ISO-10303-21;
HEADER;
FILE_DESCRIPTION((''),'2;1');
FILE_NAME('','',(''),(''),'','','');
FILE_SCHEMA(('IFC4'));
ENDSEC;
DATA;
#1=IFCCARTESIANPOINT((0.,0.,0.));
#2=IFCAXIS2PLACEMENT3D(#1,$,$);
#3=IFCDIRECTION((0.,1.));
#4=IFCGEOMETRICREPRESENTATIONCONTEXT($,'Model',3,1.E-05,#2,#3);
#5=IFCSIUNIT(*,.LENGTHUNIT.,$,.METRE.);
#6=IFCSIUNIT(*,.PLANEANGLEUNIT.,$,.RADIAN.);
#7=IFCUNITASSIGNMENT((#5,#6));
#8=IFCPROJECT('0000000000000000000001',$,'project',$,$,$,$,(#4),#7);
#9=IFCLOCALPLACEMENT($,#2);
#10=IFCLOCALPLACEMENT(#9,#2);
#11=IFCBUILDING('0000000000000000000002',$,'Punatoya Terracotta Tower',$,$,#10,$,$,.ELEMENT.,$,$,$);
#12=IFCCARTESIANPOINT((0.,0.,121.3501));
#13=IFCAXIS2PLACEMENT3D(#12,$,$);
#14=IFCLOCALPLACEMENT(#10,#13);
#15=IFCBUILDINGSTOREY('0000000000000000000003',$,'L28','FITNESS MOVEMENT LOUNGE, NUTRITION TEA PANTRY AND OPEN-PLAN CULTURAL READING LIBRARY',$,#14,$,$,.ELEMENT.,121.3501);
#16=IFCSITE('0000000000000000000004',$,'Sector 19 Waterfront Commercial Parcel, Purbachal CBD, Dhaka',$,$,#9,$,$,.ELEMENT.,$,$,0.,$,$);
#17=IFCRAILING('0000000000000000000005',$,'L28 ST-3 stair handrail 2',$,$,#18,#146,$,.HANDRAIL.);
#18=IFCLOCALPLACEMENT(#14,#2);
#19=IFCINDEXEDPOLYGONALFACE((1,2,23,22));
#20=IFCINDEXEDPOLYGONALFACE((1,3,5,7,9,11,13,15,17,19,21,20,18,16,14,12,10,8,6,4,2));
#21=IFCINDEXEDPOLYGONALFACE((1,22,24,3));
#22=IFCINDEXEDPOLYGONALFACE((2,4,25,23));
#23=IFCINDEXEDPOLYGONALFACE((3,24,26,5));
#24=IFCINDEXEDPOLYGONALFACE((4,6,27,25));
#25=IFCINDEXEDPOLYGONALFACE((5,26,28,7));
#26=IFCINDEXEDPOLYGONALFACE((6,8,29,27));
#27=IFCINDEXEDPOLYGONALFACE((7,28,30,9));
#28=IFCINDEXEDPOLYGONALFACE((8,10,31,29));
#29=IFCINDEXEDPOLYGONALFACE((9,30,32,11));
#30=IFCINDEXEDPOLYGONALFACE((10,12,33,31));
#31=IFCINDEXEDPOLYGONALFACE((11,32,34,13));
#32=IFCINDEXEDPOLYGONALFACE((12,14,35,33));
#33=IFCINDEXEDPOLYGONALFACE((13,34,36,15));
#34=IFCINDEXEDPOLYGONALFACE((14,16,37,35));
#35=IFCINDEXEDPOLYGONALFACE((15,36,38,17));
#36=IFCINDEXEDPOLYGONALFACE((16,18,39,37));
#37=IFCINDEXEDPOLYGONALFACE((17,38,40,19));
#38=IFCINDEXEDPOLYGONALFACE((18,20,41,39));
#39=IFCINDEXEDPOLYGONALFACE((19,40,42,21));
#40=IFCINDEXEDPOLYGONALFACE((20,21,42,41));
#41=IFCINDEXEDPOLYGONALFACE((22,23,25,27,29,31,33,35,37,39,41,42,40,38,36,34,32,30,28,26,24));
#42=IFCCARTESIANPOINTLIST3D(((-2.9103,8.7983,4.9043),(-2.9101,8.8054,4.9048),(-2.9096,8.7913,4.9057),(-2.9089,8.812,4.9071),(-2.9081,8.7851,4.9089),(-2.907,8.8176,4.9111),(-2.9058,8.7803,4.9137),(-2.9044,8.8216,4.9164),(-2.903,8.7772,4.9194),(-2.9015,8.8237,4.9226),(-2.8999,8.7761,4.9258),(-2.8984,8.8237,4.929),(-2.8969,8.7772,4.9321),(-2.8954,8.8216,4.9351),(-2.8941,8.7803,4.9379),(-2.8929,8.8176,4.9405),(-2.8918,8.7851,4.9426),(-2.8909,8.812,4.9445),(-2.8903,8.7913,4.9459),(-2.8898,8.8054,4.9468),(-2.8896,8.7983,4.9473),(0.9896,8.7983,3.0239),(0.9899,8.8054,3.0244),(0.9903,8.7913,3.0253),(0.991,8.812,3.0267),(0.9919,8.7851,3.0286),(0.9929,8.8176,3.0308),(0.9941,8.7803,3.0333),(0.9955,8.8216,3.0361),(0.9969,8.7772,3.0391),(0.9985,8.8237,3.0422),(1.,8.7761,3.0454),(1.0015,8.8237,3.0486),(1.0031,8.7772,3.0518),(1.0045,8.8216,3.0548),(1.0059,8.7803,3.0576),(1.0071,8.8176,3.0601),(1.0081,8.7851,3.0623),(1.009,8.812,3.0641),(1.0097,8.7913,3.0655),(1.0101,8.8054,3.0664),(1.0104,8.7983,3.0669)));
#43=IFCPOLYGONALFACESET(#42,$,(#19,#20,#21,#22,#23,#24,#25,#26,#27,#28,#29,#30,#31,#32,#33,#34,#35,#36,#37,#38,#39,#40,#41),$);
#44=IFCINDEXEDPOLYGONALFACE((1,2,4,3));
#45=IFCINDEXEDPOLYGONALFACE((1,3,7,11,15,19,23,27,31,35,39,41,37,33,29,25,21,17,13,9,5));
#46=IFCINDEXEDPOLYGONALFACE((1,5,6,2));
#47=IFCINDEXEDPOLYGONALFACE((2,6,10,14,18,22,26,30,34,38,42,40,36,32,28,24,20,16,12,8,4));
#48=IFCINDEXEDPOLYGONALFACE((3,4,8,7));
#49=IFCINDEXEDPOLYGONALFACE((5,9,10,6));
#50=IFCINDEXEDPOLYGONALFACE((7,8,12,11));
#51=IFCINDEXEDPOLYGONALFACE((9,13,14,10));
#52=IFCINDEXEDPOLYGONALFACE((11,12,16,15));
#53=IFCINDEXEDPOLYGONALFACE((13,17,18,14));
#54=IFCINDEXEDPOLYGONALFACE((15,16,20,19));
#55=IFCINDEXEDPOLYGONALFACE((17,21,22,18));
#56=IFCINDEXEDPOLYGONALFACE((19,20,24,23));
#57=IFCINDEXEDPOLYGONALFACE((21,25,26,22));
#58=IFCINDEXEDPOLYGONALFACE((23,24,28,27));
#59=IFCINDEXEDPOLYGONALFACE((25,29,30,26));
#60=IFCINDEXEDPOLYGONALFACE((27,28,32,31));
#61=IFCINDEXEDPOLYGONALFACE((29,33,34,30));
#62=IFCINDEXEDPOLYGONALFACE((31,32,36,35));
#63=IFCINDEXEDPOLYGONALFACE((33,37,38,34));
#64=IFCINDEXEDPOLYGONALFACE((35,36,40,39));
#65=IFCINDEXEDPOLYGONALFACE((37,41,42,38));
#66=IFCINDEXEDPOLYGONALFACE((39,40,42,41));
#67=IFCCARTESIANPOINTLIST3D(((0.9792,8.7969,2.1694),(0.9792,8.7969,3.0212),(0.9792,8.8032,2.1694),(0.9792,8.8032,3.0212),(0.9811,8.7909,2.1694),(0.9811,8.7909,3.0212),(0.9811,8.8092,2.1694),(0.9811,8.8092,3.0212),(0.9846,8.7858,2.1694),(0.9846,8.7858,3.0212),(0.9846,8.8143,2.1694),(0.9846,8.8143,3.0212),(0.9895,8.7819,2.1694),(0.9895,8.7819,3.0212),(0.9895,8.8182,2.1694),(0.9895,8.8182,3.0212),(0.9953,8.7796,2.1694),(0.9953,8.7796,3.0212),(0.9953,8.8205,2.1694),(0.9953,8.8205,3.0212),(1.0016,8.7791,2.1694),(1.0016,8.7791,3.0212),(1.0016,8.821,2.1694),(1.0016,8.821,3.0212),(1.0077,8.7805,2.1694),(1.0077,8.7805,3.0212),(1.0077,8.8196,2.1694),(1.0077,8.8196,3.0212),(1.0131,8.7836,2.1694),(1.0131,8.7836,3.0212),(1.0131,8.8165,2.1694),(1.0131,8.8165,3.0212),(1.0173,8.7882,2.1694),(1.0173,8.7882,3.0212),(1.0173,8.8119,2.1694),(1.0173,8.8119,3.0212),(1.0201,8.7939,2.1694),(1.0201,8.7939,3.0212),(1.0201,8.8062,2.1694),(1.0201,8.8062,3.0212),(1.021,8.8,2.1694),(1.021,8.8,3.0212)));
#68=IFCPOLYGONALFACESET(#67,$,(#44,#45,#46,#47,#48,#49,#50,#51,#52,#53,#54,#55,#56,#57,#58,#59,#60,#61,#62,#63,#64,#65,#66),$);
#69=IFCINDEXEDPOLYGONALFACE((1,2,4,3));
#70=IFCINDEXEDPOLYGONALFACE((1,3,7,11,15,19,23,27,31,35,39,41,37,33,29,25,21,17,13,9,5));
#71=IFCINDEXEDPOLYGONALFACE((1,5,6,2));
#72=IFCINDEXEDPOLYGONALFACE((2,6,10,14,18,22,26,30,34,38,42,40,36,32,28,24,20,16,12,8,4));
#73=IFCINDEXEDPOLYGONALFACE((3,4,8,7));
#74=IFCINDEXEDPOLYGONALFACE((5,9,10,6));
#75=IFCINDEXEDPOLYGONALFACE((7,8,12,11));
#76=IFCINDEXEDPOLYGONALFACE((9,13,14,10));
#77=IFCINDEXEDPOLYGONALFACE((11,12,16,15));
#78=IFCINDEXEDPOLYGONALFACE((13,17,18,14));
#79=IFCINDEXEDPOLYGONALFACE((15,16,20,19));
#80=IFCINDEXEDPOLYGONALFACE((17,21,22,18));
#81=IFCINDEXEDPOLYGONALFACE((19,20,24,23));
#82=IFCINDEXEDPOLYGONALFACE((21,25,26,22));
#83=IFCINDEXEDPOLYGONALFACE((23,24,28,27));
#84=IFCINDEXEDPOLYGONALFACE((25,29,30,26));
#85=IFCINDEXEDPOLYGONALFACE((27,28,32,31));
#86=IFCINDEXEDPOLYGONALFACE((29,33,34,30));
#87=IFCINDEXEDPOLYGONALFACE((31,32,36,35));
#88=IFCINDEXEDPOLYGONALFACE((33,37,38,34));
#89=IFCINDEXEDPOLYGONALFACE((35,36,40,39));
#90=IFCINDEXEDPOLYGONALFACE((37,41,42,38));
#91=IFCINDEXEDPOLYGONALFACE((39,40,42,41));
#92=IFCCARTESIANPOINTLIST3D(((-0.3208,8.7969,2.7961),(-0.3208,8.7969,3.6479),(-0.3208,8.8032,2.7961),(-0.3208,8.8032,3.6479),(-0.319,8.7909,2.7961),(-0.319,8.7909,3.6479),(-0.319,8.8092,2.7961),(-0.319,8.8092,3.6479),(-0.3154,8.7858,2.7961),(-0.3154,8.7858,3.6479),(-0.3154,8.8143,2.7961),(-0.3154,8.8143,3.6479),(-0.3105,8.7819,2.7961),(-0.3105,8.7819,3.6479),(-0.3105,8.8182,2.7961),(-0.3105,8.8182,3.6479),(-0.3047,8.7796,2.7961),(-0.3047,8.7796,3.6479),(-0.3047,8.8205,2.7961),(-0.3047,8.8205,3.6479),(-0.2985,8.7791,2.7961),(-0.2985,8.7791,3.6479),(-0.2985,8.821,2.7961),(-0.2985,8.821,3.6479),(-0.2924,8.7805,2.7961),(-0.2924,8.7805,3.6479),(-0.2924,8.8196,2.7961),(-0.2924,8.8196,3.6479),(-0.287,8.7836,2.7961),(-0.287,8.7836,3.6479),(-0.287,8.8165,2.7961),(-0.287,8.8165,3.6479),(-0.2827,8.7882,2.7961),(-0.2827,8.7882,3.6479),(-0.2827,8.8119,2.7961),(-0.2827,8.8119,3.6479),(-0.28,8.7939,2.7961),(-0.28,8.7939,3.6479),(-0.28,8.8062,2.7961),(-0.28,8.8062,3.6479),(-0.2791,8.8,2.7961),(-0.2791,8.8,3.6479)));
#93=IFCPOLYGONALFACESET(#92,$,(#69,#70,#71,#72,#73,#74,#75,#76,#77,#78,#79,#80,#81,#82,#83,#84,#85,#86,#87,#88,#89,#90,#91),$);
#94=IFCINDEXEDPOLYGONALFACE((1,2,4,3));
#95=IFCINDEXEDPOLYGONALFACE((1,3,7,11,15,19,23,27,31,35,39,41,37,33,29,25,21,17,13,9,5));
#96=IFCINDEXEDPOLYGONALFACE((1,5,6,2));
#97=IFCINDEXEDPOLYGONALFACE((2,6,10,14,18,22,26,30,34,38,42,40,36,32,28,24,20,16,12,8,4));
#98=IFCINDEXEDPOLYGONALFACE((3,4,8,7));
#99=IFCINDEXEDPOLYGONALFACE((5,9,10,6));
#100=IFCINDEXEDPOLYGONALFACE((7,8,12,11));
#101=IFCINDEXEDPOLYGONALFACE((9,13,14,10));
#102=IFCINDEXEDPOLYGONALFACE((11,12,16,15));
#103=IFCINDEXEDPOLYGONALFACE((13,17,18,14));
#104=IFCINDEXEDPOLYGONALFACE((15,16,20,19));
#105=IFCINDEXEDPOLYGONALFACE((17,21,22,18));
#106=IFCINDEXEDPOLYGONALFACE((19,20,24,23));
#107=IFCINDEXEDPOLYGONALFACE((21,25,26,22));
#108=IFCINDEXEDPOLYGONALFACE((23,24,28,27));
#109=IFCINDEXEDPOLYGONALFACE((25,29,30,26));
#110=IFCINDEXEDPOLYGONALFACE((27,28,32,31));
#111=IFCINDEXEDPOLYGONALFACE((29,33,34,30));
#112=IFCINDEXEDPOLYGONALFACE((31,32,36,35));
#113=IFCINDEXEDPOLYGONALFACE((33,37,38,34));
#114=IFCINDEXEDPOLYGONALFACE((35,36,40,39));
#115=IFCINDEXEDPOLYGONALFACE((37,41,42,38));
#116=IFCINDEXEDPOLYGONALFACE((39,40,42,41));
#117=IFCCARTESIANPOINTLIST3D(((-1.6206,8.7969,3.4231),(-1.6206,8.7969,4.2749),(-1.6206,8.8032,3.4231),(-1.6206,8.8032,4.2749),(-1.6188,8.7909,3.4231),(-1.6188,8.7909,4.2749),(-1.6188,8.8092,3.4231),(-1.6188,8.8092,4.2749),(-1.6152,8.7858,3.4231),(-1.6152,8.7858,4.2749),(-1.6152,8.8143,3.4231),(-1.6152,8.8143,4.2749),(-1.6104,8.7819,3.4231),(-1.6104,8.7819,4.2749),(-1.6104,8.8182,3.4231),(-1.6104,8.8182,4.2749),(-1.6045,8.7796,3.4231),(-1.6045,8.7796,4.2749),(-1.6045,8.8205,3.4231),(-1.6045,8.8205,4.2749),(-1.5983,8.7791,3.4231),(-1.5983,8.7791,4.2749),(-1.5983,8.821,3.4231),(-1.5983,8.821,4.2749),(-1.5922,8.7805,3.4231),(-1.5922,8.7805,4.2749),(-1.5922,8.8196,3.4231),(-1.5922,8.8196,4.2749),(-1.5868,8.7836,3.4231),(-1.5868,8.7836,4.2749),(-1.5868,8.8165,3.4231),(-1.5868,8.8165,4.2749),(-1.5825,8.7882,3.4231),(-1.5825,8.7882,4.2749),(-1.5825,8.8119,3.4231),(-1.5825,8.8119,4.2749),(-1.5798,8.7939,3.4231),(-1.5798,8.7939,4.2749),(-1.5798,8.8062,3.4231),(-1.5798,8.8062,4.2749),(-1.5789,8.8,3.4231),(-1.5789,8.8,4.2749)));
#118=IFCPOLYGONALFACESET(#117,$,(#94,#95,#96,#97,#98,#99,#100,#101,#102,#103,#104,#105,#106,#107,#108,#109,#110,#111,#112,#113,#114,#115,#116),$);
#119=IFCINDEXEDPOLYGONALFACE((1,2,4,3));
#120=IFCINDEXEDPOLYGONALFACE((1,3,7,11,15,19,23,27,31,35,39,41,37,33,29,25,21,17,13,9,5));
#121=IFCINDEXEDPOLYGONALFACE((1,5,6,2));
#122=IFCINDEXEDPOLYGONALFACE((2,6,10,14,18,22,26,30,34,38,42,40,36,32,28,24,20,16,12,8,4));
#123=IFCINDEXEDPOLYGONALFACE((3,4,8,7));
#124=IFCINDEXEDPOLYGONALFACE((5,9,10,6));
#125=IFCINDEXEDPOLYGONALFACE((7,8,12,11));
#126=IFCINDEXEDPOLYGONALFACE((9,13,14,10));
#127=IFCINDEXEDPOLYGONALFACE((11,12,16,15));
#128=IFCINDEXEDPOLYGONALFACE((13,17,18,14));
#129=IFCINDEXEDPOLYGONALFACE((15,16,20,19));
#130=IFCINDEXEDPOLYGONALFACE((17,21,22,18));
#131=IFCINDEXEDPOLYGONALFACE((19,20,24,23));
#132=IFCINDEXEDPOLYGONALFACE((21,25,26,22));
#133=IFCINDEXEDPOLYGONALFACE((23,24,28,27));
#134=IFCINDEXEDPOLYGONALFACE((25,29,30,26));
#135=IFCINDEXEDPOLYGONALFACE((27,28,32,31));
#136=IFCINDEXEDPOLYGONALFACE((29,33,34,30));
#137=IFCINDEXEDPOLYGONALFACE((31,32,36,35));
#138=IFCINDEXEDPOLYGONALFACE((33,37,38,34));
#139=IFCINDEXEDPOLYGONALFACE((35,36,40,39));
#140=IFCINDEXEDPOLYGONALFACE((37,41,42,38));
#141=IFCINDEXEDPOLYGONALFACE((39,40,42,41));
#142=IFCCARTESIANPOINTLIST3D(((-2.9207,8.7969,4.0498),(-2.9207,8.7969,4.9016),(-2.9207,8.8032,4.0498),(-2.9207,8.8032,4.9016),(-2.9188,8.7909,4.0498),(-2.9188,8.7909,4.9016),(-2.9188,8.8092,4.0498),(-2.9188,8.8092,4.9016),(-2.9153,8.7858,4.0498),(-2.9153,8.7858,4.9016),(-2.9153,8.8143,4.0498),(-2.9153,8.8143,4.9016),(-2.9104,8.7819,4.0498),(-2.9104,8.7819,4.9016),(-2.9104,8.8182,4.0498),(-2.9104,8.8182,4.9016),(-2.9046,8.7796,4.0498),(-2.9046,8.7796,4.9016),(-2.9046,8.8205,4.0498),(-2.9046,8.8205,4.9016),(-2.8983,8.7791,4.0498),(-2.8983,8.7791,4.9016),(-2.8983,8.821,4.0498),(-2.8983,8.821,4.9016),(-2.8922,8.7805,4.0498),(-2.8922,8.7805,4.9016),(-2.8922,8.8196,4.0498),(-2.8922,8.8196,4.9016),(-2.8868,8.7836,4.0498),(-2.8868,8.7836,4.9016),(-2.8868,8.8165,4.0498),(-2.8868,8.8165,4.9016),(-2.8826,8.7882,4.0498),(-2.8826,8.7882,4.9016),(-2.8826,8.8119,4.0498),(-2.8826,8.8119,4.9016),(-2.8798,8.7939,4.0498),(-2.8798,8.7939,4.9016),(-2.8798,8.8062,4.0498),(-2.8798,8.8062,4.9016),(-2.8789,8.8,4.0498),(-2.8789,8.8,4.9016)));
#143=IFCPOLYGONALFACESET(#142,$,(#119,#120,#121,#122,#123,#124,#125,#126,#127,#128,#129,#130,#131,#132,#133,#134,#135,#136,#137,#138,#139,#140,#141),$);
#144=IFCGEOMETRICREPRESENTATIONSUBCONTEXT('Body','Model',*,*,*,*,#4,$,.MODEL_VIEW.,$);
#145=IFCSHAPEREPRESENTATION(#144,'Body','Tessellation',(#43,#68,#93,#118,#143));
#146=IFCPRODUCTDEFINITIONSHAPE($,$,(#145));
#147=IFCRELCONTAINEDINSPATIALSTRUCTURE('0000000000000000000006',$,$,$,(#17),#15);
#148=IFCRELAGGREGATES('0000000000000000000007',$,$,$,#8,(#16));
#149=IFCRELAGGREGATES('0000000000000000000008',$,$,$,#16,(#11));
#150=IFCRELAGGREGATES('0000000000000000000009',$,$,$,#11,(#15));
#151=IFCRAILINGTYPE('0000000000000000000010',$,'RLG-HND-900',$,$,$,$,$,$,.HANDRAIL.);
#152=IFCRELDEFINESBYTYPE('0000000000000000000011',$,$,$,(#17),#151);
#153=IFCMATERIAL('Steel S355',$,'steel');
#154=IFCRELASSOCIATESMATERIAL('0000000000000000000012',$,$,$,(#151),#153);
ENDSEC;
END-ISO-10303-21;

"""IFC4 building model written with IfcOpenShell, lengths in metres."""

from ifc_helpers import new_model, si_unit, direction, frame, origin, origin_2d, place, context, subcontext, project, spatial, circle, extrude, material, type_object, element, save


model = new_model("IFC4")

# Units and contexts
model_context = context("Model", 3, precision=1e-05, world=origin(), true_north=direction((0.0, 1.0)))
body_context = subcontext(model_context, "Body", "Model", "MODEL_VIEW")
ifc_project = project(units=[si_unit("LENGTHUNIT", "METRE"), si_unit("PLANEANGLEUNIT", "RADIAN")], contexts=[model_context])

# Site, building, storey
site_placement = place(None, origin())
site = spatial("IfcSite", under=ifc_project, at=site_placement, Name="Sector 19 Waterfront Commercial Parcel, Purbachal CBD, Dhaka", CompositionType="ELEMENT", RefElevation=0.0)
building_placement = place(site_placement, origin())
building = spatial("IfcBuilding", under=site, at=building_placement, Name="Punatoya Terracotta Tower", CompositionType="ELEMENT")
storey_placement = place(building_placement, frame((0.0, 0.0, 121.3501)))
storey = spatial("IfcBuildingStorey", under=building, at=storey_placement, Name="L28", Description="FITNESS MOVEMENT LOUNGE, NUTRITION TEA PANTRY AND OPEN-PLAN CULTURAL READING LIBRARY", CompositionType="ELEMENT", Elevation=121.3501)

# Shared definitions
ifc_material_1 = material(Name="Steel S355", Category="steel")

# Railing
railing_type_1 = type_object("IfcRailingType", Name="RLG-HND-900", PredefinedType="HANDRAIL", material=ifc_material_1)
railing_1_placement = place(storey_placement, frame((1.0, 8.8, 2.1694)))
element("IfcRailing", 1, at=railing_1_placement, inside=storey, type_object=railing_type_1, Name="L28 ST-3 stair handrail 2", PredefinedType="HANDRAIL", context=body_context, shape_type="SweptSolid", body=[
    extrude(circle(Radius=0.0239, at=origin_2d()), frame((0.0, 0.0, 0.876), z_axis=(-0.900763, 0.0, 0.434311), x_axis=(0.0, -1.0, 0.0)), (0.0, 0.0, 1.0), 4.3296),
    extrude(circle(Radius=0.021, at=origin_2d()), origin(), (0.0, 0.0, 1.0), 0.8518),
    extrude(circle(Radius=0.021, at=origin_2d()), frame((-1.3, 0.0, 0.6267)), (0.0, 0.0, 1.0), 0.8518),
    extrude(circle(Radius=0.021, at=origin_2d()), frame((-2.5999, 0.0, 1.2537)), (0.0, 0.0, 1.0), 0.8518),
    extrude(circle(Radius=0.021, at=origin_2d()), frame((-3.8999, 0.0, 1.8804)), (0.0, 0.0, 1.0), 0.8518),
])

save(model, "model.ifc")
